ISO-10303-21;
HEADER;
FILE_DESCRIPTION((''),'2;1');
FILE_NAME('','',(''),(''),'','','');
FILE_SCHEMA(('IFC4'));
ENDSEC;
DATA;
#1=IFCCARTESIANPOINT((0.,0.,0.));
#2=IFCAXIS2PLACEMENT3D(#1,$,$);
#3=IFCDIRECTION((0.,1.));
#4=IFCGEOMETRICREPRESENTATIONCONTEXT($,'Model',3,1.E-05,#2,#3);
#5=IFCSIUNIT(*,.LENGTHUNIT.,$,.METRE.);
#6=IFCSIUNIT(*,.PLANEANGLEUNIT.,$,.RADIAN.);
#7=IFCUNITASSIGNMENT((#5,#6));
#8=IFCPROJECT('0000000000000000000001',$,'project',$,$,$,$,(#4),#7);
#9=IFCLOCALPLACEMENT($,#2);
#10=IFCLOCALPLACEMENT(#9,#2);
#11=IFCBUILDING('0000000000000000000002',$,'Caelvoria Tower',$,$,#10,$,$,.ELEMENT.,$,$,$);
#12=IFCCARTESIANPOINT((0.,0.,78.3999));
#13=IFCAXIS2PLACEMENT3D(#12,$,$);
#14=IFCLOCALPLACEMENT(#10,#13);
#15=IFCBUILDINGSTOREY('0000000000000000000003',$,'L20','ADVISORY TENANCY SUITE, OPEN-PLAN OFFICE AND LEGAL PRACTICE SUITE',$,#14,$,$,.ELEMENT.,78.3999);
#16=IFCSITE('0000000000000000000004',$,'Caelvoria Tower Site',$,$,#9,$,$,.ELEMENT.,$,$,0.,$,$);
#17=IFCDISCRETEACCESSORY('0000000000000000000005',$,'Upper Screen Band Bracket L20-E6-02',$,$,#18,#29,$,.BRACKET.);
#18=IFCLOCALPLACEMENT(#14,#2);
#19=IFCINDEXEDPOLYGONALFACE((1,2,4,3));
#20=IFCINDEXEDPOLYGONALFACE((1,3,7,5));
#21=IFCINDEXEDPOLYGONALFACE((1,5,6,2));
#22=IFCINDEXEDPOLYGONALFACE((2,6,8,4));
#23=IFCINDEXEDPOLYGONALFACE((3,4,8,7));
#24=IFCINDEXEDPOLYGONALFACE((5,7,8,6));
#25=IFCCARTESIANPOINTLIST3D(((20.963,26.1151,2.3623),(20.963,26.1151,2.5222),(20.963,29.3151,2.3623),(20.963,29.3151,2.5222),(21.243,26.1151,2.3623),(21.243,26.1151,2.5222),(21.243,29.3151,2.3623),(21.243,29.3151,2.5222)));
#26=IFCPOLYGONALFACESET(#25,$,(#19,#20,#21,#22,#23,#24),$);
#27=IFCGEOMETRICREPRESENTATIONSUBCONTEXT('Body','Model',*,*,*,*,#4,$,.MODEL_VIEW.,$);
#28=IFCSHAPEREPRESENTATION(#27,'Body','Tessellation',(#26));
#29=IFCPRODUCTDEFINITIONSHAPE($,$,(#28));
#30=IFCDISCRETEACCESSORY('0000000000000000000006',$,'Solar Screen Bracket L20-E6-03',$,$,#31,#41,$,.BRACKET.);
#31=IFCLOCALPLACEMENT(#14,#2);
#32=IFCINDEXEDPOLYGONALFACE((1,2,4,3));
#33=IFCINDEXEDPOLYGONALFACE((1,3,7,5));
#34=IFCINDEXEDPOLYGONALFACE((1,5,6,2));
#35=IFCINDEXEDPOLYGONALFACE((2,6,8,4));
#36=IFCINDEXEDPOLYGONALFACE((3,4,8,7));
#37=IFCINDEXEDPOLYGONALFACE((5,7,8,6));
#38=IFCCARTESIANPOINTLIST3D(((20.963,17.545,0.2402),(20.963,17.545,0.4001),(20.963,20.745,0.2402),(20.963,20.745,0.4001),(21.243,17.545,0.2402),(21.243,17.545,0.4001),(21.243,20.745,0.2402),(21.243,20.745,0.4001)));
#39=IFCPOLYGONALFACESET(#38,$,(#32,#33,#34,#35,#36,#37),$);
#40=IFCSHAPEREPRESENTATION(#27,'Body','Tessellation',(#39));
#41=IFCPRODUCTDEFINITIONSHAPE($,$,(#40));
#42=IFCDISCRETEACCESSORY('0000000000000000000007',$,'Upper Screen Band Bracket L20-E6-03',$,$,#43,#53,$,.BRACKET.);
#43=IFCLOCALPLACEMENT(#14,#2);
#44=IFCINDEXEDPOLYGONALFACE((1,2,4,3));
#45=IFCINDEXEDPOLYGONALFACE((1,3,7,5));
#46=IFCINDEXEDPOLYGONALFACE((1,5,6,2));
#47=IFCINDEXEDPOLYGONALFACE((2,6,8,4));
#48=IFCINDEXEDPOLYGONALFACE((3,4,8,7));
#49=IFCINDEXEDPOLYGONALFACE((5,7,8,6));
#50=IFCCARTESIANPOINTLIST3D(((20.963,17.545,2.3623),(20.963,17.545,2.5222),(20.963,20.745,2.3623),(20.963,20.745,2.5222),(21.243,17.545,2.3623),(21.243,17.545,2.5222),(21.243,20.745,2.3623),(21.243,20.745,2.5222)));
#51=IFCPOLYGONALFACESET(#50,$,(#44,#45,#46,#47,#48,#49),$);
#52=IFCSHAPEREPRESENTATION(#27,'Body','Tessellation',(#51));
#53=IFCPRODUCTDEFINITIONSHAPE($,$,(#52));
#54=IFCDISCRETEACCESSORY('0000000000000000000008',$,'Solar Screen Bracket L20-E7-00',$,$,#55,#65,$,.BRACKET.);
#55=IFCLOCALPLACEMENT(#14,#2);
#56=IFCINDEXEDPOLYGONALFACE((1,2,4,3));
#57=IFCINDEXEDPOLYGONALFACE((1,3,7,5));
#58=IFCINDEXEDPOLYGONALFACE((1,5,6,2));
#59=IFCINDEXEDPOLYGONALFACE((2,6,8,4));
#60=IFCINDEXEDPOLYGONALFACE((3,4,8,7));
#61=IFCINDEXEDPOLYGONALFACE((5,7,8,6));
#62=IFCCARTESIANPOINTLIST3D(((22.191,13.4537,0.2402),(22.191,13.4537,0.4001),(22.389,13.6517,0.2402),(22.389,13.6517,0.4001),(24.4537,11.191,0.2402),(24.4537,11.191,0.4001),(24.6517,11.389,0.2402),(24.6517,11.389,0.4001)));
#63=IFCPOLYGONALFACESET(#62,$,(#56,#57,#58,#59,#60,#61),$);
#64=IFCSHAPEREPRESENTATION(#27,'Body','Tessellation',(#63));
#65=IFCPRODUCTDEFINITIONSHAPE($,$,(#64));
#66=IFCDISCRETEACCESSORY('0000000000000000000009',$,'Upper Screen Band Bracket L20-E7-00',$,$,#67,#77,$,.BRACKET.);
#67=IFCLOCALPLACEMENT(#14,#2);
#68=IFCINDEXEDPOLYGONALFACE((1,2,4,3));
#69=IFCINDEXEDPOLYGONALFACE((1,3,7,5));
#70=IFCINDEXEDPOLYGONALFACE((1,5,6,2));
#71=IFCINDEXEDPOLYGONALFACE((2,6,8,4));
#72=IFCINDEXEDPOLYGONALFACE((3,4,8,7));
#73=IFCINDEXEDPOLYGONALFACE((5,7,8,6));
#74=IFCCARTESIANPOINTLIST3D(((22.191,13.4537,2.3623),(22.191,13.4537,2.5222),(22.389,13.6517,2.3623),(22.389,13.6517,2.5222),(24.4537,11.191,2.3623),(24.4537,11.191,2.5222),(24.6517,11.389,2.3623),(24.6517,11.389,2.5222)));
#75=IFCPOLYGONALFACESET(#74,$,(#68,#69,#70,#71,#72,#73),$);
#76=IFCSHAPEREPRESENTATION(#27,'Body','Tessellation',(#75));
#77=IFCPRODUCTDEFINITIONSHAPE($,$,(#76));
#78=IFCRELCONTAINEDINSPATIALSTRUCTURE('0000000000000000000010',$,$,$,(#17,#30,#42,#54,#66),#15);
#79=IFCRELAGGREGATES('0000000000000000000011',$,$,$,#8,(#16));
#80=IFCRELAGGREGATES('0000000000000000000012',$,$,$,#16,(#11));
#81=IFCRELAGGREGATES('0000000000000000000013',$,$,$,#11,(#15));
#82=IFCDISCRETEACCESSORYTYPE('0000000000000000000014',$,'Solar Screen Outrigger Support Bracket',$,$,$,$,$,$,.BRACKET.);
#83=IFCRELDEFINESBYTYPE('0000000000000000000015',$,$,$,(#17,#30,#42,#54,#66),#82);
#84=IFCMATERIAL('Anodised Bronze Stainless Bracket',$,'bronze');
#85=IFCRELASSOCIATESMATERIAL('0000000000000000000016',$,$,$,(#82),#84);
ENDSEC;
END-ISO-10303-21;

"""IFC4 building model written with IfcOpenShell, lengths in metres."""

from ifc_helpers import new_model, si_unit, direction, frame, origin, origin_2d, place, context, subcontext, project, spatial, rectangle, extrude, material, type_object, element, save


model = new_model("IFC4")

# Units and contexts
model_context = context("Model", 3, precision=1e-05, world=origin(), true_north=direction((0.0, 1.0)))
body_context = subcontext(model_context, "Body", "Model", "MODEL_VIEW")
ifc_project = project(units=[si_unit("LENGTHUNIT", "METRE"), si_unit("PLANEANGLEUNIT", "RADIAN")], contexts=[model_context])

# Site, building, storey
site_placement = place(None, origin())
site = spatial("IfcSite", under=ifc_project, at=site_placement, Name="Caelvoria Tower Site", CompositionType="ELEMENT", RefElevation=0.0)
building_placement = place(site_placement, origin())
building = spatial("IfcBuilding", under=site, at=building_placement, Name="Caelvoria Tower", CompositionType="ELEMENT")
storey_placement = place(building_placement, frame((0.0, 0.0, 78.3999)))
storey = spatial("IfcBuildingStorey", under=building, at=storey_placement, Name="L20", Description="ADVISORY TENANCY SUITE, OPEN-PLAN OFFICE AND LEGAL PRACTICE SUITE", CompositionType="ELEMENT", Elevation=78.3999)

# Discrete accessories
ifc_material_1 = material(Name="Anodised Bronze Stainless Bracket", Category="bronze")
discrete_accessory_type = type_object("IfcDiscreteAccessoryType", Name="Solar Screen Outrigger Support Bracket", PredefinedType="BRACKET", material=ifc_material_1)
for number, where, z_axis, x_axis, name in (
    (1, (21.103, 27.7151, 2.3623), (0.0, 0.0, 1.0), (0.0, -1.0, 0.0), "Upper Screen Band Bracket L20-E6-02"),
    (2, (21.103, 19.145, 0.2402), (0.0, 0.0, 1.0), (0.0, -1.0, 0.0), "Solar Screen Bracket L20-E6-03"),
    (3, (21.103, 19.145, 2.3623), (0.0, 0.0, 1.0), (0.0, -1.0, 0.0), "Upper Screen Band Bracket L20-E6-03"),
    (4, (23.4214, 12.4214, 0.2402), (0.0, 0.0, 1.0), (0.707107, -0.707107, 0.0), "Solar Screen Bracket L20-E7-00"),
    (5, (23.4214, 12.4214, 2.3623), (0.0, 0.0, 1.0), (0.707107, -0.707107, 0.0), "Upper Screen Band Bracket L20-E7-00"),
):
    element("IfcDiscreteAccessory", number, at=place(storey_placement, frame(where, z_axis=z_axis, x_axis=x_axis)), inside=storey, type_object=discrete_accessory_type, Name=name, PredefinedType="BRACKET", context=body_context, shape_type="SweptSolid", body=[
        extrude(rectangle(XDim=3.2, YDim=0.28, at=origin_2d()), origin(), (0.0, 0.0, 1.0), 0.1599),
    ])

save(model, "model.ifc")
